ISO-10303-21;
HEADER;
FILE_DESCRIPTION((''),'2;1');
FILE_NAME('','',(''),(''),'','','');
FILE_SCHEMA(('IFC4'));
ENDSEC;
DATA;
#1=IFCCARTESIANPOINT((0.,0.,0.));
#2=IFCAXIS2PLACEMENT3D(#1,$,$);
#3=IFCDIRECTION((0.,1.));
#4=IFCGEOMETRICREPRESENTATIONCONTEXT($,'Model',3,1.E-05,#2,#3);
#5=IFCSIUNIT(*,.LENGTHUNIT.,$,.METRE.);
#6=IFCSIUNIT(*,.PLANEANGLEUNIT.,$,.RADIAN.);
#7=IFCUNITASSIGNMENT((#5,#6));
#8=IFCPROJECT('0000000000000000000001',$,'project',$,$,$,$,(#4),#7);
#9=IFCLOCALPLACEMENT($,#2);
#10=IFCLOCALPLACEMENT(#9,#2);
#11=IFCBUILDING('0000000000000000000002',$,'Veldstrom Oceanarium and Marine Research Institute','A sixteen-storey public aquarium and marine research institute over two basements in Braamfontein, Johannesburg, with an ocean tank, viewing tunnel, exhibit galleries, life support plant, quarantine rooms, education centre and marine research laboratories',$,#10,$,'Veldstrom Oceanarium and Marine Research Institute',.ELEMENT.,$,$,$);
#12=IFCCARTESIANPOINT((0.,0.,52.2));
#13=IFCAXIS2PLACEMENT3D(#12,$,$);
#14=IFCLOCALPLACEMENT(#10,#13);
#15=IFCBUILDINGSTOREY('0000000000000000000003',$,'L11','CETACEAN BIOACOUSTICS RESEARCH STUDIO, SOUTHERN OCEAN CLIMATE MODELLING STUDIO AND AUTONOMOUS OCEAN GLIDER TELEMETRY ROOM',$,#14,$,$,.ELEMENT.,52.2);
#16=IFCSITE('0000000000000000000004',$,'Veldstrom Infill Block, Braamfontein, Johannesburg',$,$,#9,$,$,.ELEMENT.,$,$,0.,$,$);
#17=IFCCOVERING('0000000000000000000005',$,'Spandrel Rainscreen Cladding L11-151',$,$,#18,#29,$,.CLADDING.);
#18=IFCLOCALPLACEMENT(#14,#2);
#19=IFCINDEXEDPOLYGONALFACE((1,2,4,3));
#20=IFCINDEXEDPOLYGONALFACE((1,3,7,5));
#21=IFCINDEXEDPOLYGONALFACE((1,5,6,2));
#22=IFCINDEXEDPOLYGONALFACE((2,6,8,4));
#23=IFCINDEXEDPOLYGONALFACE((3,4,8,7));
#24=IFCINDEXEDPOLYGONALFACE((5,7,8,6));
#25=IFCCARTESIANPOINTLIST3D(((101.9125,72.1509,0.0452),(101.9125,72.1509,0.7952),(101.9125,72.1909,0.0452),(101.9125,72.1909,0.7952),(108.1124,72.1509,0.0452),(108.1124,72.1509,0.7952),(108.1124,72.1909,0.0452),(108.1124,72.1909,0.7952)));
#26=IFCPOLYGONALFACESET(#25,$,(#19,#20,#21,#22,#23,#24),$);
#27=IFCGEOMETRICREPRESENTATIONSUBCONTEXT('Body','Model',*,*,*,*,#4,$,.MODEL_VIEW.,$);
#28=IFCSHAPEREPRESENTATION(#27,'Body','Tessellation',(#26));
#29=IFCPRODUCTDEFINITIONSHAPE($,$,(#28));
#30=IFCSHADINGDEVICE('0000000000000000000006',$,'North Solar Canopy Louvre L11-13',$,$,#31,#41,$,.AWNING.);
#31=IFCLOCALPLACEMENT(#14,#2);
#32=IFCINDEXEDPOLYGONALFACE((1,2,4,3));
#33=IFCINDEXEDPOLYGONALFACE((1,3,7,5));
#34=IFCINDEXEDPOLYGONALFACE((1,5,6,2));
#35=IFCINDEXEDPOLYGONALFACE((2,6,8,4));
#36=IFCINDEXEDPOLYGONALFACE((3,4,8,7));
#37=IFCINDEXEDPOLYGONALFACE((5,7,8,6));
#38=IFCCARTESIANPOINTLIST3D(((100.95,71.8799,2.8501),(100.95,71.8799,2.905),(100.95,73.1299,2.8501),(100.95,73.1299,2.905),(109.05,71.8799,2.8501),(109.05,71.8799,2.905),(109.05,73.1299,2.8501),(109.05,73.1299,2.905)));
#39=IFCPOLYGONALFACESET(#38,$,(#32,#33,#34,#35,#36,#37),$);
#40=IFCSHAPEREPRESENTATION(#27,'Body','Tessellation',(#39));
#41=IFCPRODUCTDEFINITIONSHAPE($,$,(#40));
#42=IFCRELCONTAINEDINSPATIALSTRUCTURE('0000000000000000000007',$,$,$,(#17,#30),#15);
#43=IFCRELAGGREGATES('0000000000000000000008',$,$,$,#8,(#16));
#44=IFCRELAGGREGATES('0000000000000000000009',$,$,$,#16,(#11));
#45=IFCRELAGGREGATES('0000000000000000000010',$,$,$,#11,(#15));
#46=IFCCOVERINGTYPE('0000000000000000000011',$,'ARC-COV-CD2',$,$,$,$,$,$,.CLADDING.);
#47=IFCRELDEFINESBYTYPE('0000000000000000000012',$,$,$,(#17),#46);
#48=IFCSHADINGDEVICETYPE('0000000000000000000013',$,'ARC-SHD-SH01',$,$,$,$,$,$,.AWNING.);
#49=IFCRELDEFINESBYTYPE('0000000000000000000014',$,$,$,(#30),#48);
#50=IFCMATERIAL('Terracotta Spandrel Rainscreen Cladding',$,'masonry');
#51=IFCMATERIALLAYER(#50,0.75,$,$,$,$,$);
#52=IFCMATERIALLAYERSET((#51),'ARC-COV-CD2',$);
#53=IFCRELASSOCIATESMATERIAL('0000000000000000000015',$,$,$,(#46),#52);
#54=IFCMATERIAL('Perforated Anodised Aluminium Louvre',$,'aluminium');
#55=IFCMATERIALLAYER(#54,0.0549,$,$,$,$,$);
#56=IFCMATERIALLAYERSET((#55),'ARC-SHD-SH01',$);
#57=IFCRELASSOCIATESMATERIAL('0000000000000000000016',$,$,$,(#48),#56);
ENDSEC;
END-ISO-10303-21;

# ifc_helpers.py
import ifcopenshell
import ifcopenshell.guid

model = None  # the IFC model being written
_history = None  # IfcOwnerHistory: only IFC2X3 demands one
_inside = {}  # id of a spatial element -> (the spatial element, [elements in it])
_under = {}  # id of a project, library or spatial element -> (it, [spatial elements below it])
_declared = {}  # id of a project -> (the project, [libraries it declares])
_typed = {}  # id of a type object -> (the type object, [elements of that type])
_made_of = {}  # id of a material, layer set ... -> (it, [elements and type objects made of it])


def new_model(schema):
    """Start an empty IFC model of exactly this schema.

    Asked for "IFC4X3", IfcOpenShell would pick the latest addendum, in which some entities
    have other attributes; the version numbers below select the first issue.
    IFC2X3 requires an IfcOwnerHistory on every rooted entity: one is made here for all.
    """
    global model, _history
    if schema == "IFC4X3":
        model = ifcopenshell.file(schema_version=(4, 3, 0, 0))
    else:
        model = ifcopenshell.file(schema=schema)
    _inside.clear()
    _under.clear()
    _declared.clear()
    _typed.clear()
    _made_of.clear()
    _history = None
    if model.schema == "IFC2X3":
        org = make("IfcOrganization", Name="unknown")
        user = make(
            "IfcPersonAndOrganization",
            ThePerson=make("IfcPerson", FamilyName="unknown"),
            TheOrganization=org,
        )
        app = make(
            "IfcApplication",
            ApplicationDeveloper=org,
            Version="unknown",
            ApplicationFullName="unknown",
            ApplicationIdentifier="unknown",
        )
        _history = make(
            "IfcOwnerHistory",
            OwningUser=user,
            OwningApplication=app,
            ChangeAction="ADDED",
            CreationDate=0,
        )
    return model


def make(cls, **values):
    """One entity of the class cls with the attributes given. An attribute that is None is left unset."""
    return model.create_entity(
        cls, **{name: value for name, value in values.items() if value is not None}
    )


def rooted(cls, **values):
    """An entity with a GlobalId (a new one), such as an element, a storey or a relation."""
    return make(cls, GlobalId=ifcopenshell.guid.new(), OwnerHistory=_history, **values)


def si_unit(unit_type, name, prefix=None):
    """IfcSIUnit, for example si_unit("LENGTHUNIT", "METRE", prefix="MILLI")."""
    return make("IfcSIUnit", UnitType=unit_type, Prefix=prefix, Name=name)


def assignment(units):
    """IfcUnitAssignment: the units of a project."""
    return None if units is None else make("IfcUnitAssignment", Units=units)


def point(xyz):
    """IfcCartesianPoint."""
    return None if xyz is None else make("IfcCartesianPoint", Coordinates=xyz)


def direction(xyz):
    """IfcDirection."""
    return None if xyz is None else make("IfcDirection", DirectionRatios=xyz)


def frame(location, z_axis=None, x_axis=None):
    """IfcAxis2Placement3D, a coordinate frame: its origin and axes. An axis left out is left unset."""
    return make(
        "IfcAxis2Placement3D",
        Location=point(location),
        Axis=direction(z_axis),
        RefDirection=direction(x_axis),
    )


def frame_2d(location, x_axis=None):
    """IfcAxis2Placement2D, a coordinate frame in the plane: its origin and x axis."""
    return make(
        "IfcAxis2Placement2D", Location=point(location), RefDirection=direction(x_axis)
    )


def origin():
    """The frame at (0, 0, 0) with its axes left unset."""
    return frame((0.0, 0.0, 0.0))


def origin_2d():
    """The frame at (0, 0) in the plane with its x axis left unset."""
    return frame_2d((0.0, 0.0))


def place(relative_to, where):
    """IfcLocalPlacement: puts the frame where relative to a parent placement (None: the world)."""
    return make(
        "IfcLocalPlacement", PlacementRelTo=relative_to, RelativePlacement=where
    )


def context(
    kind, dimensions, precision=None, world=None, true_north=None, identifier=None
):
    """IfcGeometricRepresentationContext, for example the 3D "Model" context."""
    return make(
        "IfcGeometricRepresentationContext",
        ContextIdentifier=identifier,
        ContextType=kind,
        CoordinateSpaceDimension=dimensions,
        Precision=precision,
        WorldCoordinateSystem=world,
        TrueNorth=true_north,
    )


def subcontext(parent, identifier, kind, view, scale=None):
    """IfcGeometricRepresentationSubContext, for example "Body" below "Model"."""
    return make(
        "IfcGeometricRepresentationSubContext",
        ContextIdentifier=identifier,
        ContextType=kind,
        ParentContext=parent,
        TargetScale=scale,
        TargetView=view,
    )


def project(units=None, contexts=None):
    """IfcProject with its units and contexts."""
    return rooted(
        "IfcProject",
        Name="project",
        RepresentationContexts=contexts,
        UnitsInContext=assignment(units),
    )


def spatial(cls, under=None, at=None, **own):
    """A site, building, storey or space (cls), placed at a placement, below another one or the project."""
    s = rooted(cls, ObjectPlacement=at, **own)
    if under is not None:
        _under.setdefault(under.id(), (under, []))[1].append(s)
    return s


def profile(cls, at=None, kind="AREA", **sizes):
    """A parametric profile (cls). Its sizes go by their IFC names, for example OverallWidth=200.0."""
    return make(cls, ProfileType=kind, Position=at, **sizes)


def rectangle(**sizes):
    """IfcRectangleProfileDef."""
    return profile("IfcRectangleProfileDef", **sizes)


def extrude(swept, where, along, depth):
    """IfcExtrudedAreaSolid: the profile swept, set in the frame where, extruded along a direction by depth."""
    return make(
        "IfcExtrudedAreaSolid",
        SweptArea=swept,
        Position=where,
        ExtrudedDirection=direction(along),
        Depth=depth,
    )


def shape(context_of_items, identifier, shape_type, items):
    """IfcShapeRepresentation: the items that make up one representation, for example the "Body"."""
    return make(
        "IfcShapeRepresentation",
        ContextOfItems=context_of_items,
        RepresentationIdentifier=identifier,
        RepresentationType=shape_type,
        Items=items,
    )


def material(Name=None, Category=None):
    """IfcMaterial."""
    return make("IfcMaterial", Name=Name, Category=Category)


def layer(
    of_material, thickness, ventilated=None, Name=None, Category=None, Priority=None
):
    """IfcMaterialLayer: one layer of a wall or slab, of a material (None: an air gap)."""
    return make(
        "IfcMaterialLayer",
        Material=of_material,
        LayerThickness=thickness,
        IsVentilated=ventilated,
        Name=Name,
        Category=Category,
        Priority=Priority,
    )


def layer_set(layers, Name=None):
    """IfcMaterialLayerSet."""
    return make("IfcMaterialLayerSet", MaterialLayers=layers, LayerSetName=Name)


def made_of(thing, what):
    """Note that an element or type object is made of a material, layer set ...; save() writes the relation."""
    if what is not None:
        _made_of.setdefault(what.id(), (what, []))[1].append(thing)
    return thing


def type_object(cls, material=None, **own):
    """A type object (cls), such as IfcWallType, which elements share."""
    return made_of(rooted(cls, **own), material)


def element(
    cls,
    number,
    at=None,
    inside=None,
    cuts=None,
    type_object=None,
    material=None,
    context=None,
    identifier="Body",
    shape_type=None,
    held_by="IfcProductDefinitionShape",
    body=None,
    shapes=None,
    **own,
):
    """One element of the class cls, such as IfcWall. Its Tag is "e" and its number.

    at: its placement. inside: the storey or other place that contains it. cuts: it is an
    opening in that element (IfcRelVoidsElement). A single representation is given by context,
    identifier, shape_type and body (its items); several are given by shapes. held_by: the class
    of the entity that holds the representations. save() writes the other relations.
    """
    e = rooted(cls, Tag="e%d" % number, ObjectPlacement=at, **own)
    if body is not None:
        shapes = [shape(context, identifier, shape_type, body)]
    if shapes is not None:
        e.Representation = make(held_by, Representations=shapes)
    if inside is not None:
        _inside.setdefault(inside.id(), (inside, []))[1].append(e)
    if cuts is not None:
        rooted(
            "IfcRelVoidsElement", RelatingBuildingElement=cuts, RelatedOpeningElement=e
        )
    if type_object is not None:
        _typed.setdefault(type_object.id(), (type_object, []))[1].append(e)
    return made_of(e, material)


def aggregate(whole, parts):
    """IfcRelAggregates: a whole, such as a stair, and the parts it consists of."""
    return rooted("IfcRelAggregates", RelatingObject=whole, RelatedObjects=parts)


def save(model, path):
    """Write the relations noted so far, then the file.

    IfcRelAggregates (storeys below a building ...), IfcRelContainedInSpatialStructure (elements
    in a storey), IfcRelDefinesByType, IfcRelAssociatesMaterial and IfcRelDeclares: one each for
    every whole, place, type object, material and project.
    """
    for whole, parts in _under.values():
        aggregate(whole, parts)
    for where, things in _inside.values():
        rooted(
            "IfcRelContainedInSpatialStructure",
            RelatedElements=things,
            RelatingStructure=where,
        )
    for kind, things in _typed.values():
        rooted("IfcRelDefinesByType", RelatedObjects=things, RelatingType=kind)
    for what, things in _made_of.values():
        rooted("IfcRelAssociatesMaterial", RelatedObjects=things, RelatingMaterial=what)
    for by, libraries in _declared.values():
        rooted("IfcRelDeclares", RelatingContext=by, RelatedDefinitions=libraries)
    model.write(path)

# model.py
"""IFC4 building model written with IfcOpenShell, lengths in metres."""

from ifc_helpers import new_model, si_unit, direction, frame, origin, origin_2d, place, context, subcontext, project, spatial, rectangle, extrude, material, layer, layer_set, type_object, element, save


model = new_model("IFC4")

# Units and contexts
model_context = context("Model", 3, precision=1e-05, world=origin(), true_north=direction((0.0, 1.0)))
body_context = subcontext(model_context, "Body", "Model", "MODEL_VIEW")
ifc_project = project(units=[si_unit("LENGTHUNIT", "METRE"), si_unit("PLANEANGLEUNIT", "RADIAN")], contexts=[model_context])

# Site, building, storey
site_placement = place(None, origin())
site = spatial("IfcSite", under=ifc_project, at=site_placement, Name="Veldstrom Infill Block, Braamfontein, Johannesburg", CompositionType="ELEMENT", RefElevation=0.0)
building_placement = place(site_placement, origin())
building = spatial("IfcBuilding", under=site, at=building_placement, Name="Veldstrom Oceanarium and Marine Research Institute", Description="A sixteen-storey public aquarium and marine research institute over two basements in Braamfontein, Johannesburg, with an ocean tank, viewing tunnel, exhibit galleries, life support plant, quarantine rooms, education centre and marine research laboratories", LongName="Veldstrom Oceanarium and Marine Research Institute", CompositionType="ELEMENT")
storey_placement = place(building_placement, frame((0.0, 0.0, 52.2)))
storey = spatial("IfcBuildingStorey", under=building, at=storey_placement, Name="L11", Description="CETACEAN BIOACOUSTICS RESEARCH STUDIO, SOUTHERN OCEAN CLIMATE MODELLING STUDIO AND AUTONOMOUS OCEAN GLIDER TELEMETRY ROOM", CompositionType="ELEMENT", Elevation=52.2)

# Covering
ifc_material_1 = material(Name="Terracotta Spandrel Rainscreen Cladding", Category="masonry")
ifc_layer_1 = layer(ifc_material_1, 0.75)
ifc_layer_set_1 = layer_set([ifc_layer_1], Name="ARC-COV-CD2")
covering_type = type_object("IfcCoveringType", Name="ARC-COV-CD2", PredefinedType="CLADDING", material=ifc_layer_set_1)
covering_placement = place(storey_placement, frame((105.0125, 72.1709, 0.0452), z_axis=(0.0, 0.0, 1.0), x_axis=(1.0, 0.0, 0.0)))
element("IfcCovering", 1, at=covering_placement, inside=storey, type_object=covering_type, Name="Spandrel Rainscreen Cladding L11-151", PredefinedType="CLADDING", context=body_context, shape_type="SweptSolid", body=[
    extrude(rectangle(XDim=6.2, YDim=0.04, at=origin_2d()), origin(), (0.0, 0.0, 1.0), 0.75),
])

# Shading device
ifc_material_2 = material(Name="Perforated Anodised Aluminium Louvre", Category="aluminium")
ifc_layer_2 = layer(ifc_material_2, 0.0549)
ifc_layer_set_2 = layer_set([ifc_layer_2], Name="ARC-SHD-SH01")
shading_device_type = type_object("IfcShadingDeviceType", Name="ARC-SHD-SH01", PredefinedType="AWNING", material=ifc_layer_set_2)
shading_device_placement = place(storey_placement, frame((105.0, 72.5049, 2.8501), z_axis=(0.0, 0.0, 1.0), x_axis=(1.0, 0.0, 0.0)))
element("IfcShadingDevice", 2, at=shading_device_placement, inside=storey, type_object=shading_device_type, Name="North Solar Canopy Louvre L11-13", PredefinedType="AWNING", context=body_context, shape_type="SweptSolid", body=[
    extrude(rectangle(XDim=8.1001, YDim=1.25, at=origin_2d()), origin(), (0.0, 0.0, 1.0), 0.0549),
])

save(model, "model.ifc")
